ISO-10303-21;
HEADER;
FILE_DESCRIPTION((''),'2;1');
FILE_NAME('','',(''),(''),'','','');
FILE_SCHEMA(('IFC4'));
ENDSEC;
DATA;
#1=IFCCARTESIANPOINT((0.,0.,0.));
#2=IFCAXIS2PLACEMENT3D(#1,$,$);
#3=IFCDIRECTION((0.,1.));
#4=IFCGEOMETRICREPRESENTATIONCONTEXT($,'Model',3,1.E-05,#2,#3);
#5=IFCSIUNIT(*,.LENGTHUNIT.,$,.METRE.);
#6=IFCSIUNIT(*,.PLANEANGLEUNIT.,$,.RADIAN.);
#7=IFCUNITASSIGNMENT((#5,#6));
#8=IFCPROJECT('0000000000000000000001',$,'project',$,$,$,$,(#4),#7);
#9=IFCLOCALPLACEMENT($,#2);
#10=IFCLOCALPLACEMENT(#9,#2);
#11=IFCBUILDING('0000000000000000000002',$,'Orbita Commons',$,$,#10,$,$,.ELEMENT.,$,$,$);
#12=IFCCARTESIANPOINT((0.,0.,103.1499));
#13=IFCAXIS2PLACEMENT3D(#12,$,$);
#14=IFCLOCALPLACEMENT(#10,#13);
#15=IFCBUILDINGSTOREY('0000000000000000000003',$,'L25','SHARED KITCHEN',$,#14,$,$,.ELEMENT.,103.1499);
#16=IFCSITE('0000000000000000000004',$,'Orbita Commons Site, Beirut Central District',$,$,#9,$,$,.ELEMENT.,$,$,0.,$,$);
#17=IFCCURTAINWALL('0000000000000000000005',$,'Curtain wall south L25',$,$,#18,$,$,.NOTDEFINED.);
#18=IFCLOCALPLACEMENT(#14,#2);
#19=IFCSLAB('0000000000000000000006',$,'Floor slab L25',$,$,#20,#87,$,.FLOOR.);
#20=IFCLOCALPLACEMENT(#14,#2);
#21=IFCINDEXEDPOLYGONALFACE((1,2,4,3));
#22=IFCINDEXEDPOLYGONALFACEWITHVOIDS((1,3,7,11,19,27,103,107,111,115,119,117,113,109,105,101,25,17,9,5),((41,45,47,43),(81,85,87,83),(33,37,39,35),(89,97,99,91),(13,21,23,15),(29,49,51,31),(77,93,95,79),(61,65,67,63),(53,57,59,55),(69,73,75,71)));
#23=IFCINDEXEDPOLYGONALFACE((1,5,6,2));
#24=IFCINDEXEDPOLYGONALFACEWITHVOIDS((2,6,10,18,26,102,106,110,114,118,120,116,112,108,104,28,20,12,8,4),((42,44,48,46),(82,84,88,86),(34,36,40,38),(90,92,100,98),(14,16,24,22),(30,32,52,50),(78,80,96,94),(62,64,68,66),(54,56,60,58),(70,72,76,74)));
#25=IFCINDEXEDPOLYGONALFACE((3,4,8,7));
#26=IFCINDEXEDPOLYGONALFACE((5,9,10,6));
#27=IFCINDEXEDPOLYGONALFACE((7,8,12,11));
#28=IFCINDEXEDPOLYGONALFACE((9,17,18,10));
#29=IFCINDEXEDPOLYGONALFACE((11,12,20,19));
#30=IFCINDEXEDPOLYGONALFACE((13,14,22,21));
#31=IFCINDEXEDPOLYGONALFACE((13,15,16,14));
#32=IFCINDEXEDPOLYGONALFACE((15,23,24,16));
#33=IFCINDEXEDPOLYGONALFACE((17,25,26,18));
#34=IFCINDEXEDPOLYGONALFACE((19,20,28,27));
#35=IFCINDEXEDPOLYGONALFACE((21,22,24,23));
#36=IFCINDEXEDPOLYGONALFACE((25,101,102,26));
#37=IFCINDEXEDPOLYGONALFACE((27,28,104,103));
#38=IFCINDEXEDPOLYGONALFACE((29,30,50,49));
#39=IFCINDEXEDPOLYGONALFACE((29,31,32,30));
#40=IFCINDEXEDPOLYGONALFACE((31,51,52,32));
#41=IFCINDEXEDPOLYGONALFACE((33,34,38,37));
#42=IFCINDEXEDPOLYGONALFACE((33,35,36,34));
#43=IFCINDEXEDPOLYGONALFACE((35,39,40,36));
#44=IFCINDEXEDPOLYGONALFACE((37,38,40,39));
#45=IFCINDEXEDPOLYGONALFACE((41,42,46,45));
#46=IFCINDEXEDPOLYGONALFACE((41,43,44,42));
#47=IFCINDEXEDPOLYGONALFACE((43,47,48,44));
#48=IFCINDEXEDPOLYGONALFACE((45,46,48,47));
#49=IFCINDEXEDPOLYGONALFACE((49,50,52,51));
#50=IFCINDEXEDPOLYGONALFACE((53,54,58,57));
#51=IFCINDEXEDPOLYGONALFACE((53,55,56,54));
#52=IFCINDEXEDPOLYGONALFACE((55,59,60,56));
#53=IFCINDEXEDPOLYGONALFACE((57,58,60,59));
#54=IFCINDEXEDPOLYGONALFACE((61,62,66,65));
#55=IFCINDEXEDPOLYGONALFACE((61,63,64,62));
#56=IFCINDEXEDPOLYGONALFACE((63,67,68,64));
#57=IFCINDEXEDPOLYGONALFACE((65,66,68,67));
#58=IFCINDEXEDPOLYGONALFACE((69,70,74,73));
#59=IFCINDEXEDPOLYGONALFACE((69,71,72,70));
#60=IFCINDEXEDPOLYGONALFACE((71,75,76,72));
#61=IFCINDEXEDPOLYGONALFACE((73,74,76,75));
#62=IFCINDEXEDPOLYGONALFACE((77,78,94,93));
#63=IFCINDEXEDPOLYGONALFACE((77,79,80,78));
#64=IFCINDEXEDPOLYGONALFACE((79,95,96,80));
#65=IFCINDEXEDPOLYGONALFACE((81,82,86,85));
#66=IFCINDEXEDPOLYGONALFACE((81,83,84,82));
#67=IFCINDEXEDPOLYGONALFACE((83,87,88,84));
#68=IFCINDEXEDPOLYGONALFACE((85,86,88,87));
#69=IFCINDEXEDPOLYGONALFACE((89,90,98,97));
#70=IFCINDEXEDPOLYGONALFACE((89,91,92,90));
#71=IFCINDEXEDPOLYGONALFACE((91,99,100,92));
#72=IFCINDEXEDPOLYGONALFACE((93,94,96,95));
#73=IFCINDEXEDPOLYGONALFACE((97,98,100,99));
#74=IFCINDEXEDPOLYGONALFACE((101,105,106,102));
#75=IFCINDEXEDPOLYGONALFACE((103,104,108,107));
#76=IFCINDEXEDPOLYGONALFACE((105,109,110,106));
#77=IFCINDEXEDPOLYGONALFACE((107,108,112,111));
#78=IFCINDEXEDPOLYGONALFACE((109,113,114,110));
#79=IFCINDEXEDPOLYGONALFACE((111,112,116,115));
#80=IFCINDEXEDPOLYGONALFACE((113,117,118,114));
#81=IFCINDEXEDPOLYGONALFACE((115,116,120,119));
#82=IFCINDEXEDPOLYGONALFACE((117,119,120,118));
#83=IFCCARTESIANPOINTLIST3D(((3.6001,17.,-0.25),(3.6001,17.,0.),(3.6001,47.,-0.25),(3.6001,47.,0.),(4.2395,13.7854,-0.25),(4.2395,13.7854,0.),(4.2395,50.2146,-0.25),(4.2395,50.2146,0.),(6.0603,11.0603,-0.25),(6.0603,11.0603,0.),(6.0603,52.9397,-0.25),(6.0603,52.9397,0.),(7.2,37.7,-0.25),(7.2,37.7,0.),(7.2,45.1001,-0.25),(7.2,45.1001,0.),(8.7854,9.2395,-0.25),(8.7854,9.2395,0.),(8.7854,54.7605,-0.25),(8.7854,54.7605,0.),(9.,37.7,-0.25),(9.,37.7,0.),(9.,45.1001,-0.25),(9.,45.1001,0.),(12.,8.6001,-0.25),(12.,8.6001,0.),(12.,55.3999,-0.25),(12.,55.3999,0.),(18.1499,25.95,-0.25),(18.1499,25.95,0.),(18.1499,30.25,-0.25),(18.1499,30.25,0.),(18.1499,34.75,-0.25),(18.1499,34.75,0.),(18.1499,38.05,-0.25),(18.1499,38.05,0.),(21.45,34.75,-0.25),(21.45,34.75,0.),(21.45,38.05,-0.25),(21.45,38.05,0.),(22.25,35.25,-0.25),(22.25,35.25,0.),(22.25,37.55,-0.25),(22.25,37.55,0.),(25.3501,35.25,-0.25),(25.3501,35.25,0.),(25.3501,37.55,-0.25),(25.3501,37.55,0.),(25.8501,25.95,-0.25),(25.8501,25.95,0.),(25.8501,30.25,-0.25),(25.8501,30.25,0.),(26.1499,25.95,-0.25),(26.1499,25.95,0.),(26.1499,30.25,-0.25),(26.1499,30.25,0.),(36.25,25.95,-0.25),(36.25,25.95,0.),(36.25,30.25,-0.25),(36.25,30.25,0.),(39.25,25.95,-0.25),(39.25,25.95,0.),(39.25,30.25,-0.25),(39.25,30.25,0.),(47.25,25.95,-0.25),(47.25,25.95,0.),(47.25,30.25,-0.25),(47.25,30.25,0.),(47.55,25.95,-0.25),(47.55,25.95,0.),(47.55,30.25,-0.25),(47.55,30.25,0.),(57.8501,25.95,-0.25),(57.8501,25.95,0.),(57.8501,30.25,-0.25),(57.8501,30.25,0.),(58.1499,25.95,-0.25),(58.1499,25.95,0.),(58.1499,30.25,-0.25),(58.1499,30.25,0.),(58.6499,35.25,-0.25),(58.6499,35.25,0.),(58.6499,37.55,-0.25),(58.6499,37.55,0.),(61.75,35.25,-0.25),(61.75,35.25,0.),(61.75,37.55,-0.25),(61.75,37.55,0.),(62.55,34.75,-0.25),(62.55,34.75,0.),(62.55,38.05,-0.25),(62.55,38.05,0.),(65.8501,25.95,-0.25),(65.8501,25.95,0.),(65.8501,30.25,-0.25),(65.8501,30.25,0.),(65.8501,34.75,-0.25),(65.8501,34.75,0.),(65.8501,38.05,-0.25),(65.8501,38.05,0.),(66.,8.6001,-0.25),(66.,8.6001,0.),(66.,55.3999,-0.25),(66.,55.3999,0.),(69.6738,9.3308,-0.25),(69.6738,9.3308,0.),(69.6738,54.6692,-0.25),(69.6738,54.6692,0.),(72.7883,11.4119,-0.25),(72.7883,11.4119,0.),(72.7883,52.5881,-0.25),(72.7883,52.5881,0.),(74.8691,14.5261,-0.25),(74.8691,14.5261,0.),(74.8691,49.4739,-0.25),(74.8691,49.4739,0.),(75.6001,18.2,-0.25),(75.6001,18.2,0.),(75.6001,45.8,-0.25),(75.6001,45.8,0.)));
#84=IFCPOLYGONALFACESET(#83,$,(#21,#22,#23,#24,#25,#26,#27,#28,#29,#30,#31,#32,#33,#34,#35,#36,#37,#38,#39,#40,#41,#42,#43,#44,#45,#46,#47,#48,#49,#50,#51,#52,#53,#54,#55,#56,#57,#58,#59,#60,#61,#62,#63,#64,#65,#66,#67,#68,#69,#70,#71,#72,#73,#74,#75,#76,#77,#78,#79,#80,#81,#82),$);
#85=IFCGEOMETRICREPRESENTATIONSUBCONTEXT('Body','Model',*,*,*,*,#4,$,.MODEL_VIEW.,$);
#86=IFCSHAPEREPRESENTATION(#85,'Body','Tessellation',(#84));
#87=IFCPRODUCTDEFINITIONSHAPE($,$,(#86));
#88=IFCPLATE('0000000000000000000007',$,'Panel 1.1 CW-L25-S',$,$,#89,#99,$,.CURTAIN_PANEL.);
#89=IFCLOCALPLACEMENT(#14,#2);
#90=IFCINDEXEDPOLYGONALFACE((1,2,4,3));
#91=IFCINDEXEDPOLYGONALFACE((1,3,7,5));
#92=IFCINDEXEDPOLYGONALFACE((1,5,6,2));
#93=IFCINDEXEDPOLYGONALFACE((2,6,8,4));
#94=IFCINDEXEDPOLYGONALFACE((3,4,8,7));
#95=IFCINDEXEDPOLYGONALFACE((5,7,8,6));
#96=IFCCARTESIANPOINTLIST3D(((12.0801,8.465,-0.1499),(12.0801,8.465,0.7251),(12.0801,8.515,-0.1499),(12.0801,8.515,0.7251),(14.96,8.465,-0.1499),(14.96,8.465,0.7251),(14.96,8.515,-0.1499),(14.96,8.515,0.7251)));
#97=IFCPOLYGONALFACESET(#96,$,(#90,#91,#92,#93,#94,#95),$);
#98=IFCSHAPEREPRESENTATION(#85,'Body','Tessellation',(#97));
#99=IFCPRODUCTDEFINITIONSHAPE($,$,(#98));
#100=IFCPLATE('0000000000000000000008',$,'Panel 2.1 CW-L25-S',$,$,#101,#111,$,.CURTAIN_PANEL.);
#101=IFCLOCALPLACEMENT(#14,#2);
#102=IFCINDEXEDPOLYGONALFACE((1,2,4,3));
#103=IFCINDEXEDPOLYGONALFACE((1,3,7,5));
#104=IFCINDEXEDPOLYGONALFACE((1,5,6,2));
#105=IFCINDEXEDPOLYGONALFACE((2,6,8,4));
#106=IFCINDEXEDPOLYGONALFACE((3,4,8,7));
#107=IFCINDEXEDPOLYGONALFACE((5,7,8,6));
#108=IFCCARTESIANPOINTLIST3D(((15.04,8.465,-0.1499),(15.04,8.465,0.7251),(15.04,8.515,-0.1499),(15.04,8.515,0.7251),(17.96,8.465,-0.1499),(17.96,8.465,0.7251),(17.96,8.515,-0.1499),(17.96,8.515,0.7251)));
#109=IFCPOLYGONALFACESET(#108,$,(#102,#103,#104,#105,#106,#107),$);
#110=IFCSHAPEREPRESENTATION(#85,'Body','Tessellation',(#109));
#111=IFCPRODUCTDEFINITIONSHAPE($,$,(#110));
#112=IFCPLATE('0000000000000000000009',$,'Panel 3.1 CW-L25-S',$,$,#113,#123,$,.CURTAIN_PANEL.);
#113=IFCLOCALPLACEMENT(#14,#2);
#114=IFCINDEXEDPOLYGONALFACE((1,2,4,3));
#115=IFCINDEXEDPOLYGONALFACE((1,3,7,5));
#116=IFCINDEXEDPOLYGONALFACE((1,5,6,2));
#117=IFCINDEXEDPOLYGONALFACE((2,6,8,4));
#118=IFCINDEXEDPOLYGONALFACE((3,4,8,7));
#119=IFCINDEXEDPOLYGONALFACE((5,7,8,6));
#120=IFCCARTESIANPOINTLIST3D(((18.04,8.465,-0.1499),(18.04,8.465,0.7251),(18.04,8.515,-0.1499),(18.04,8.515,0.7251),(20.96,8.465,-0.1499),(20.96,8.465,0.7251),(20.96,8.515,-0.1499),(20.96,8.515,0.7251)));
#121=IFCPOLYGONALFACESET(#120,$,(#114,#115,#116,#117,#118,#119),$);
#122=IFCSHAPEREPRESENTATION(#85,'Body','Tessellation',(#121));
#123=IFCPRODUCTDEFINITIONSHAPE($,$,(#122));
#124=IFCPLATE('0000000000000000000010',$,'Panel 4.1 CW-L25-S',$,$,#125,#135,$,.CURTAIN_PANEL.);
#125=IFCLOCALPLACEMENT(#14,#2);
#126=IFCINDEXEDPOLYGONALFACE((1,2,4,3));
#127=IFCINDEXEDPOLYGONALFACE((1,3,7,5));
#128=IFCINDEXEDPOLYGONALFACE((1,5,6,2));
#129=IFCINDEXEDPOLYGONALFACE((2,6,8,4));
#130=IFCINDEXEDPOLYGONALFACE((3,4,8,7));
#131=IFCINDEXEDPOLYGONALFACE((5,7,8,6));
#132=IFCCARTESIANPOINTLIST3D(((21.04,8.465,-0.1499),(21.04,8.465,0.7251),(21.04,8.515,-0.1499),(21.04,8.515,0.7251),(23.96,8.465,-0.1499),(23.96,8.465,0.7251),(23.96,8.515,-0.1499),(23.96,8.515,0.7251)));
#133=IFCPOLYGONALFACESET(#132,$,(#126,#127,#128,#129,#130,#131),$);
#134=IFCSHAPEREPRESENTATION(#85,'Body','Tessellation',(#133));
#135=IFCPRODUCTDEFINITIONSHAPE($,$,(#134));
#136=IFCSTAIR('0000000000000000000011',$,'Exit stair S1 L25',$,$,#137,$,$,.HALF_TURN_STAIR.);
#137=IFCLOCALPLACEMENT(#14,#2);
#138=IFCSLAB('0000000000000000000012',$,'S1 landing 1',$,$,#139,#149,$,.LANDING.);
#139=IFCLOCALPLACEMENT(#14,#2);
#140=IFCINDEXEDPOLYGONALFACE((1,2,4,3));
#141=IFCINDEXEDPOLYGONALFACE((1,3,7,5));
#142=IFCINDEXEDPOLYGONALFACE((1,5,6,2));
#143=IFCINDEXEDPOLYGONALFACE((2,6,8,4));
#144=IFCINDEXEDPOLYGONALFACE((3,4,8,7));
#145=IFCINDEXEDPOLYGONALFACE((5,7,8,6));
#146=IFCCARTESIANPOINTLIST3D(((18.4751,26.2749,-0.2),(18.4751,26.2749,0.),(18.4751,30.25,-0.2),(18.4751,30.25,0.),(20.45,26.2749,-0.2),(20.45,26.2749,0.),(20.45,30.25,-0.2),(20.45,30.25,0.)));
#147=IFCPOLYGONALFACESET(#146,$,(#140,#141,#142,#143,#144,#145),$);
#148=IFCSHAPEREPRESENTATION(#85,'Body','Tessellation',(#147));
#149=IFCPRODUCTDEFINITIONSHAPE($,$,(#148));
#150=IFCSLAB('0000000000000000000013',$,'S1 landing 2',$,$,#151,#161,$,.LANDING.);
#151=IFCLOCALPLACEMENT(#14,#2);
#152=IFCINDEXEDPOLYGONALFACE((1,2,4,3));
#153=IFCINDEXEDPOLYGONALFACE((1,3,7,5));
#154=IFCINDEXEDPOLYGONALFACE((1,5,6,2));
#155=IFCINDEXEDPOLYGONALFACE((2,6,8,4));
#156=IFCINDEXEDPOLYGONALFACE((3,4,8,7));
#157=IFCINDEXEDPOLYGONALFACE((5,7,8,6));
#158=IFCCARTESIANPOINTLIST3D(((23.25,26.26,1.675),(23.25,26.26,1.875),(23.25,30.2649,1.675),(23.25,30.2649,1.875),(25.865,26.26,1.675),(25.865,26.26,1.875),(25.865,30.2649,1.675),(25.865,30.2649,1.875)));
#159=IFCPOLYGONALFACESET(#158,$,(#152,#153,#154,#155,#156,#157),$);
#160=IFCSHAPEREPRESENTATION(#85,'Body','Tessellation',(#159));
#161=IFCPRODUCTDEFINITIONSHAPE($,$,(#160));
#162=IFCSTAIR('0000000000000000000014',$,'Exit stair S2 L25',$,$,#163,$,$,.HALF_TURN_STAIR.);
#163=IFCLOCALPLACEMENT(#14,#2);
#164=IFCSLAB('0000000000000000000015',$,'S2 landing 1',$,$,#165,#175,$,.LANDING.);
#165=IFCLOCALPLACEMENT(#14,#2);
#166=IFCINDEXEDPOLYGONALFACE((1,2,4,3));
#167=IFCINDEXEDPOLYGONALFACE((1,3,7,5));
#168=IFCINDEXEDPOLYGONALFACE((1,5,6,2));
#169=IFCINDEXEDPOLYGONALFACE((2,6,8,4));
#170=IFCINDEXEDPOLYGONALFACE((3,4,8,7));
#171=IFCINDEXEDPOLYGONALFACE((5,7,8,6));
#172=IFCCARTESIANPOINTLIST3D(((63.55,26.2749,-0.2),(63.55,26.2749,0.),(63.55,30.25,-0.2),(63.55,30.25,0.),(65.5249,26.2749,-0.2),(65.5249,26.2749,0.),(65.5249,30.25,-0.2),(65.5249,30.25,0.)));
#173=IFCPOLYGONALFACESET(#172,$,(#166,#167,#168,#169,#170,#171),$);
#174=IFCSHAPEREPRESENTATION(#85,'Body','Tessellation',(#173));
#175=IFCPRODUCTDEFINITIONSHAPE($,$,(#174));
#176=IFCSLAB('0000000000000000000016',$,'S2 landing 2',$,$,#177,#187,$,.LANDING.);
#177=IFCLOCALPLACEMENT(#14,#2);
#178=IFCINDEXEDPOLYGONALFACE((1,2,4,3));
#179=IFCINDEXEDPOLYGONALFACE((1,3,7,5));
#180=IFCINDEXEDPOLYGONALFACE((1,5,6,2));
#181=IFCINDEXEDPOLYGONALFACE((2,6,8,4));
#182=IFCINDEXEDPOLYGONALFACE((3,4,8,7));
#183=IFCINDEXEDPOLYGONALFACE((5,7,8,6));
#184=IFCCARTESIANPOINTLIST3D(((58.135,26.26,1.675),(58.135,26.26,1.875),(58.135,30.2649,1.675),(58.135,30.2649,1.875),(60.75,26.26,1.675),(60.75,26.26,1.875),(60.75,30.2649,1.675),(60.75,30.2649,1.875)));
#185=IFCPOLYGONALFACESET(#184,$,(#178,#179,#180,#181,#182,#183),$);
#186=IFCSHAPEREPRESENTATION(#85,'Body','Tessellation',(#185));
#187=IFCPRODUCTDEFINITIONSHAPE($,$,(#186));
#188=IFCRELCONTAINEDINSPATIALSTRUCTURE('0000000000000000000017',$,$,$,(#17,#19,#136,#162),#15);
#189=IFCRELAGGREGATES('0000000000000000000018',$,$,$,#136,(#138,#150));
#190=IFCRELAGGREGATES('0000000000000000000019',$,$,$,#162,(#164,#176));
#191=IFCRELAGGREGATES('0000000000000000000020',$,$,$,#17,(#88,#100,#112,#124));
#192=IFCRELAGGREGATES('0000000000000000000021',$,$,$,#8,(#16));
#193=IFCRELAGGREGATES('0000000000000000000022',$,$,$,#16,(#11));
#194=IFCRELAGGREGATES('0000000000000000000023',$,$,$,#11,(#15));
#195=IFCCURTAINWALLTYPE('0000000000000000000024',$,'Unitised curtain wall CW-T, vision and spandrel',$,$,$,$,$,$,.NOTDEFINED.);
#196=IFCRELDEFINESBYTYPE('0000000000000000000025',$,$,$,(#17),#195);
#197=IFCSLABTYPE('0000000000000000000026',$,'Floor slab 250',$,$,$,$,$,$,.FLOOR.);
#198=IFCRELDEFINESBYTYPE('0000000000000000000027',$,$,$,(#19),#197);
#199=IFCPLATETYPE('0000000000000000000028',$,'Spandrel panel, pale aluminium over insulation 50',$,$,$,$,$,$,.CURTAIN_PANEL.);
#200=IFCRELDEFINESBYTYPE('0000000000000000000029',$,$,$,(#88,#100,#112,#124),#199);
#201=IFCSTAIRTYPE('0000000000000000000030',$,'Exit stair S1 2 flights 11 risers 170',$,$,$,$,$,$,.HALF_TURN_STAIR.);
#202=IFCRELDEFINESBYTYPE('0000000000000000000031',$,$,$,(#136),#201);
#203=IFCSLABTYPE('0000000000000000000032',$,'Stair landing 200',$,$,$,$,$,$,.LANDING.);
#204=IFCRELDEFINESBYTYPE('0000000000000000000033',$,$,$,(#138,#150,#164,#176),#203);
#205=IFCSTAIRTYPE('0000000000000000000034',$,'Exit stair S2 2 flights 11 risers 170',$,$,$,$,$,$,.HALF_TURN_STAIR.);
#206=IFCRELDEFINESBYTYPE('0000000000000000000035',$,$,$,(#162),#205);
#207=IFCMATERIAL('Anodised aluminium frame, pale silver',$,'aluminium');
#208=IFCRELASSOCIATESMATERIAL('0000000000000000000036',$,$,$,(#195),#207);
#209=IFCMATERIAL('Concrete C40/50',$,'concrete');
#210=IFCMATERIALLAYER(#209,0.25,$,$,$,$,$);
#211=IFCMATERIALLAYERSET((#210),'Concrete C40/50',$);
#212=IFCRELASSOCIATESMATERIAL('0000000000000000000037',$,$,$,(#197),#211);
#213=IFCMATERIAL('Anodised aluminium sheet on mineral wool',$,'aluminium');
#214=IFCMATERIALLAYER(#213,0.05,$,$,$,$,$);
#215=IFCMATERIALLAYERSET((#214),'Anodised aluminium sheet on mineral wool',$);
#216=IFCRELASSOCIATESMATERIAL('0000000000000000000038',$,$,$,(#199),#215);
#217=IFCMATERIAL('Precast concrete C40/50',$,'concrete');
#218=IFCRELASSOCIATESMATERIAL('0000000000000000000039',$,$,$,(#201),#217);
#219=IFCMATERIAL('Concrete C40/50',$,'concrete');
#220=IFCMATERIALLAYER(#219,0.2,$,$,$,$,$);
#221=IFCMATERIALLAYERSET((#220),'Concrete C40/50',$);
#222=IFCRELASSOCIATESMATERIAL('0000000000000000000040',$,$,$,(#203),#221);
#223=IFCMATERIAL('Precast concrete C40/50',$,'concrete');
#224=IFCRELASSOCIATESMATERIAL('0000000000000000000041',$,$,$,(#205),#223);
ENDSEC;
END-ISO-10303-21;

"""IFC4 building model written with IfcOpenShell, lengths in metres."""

from ifc_helpers import new_model, si_unit, direction, frame, origin, origin_2d, place, context, subcontext, project, spatial, polyline, rectangle, outline, extrude, material, layer, layer_set, type_object, element, aggregate, save


model = new_model("IFC4")

# Units and contexts
model_context = context("Model", 3, precision=1e-05, world=origin(), true_north=direction((0.0, 1.0)))
body_context = subcontext(model_context, "Body", "Model", "MODEL_VIEW")
ifc_project = project(units=[si_unit("LENGTHUNIT", "METRE"), si_unit("PLANEANGLEUNIT", "RADIAN")], contexts=[model_context])

# Site, building, storey
site_placement = place(None, origin())
site = spatial("IfcSite", under=ifc_project, at=site_placement, Name="Orbita Commons Site, Beirut Central District", CompositionType="ELEMENT", RefElevation=0.0)
building_placement = place(site_placement, origin())
building = spatial("IfcBuilding", under=site, at=building_placement, Name="Orbita Commons", CompositionType="ELEMENT")
storey_placement = place(building_placement, frame((0.0, 0.0, 103.1499)))
storey = spatial("IfcBuildingStorey", under=building, at=storey_placement, Name="L25", Description="SHARED KITCHEN", CompositionType="ELEMENT", Elevation=103.1499)

# Curtain wall
ifc_material_1 = material(Name="Anodised aluminium frame, pale silver", Category="aluminium")
curtain_wall_type = type_object("IfcCurtainWallType", Name="Unitised curtain wall CW-T, vision and spandrel", PredefinedType="NOTDEFINED", material=ifc_material_1)
curtain_wall_placement = place(storey_placement, origin())
curtain_wall = element("IfcCurtainWall", 1, at=curtain_wall_placement, inside=storey, type_object=curtain_wall_type, Name="Curtain wall south L25", PredefinedType="NOTDEFINED")

# Slab
ifc_material_2 = material(Name="Concrete C40/50", Category="concrete")
ifc_layer_1 = layer(ifc_material_2, 0.25)
ifc_layer_set_1 = layer_set([ifc_layer_1], Name="Concrete C40/50")
slab_type_1 = type_object("IfcSlabType", Name="Floor slab 250", PredefinedType="FLOOR", material=ifc_layer_set_1)
slab_1_placement = place(storey_placement, frame((0.0, 0.0, -0.25)))
element("IfcSlab", 2, at=slab_1_placement, inside=storey, type_object=slab_type_1, Name="Floor slab L25", PredefinedType="FLOOR", context=body_context, shape_type="SweptSolid", body=[
    extrude(outline(polyline([(66.0, 8.6001), (69.6738, 9.3308), (72.7883, 11.4119), (74.8691, 14.5261), (75.6001, 18.2), (75.6001, 45.8), (74.8691, 49.4739), (72.7883, 52.5881), (69.6738, 54.6692), (66.0, 55.3999), (12.0, 55.3999), (8.7854, 54.7605), (6.0603, 52.9397), (4.2395, 50.2146), (3.6001, 47.0), (3.6001, 17.0), (4.2395, 13.7854), (6.0603, 11.0603), (8.7854, 9.2395), (12.0, 8.6001), (66.0, 8.6001)]), holes=[polyline([(18.1499, 25.95), (25.8501, 25.95), (25.8501, 30.25), (18.1499, 30.25), (18.1499, 25.95)]), polyline([(58.1499, 25.95), (65.8501, 25.95), (65.8501, 30.25), (58.1499, 30.25), (58.1499, 25.95)]), polyline([(18.1499, 34.75), (21.45, 34.75), (21.45, 38.05), (18.1499, 38.05), (18.1499, 34.75)]), polyline([(62.55, 34.75), (65.8501, 34.75), (65.8501, 38.05), (62.55, 38.05), (62.55, 34.75)]), polyline([(22.25, 35.25), (25.3501, 35.25), (25.3501, 37.55), (22.25, 37.55), (22.25, 35.25)]), polyline([(58.6499, 35.25), (61.75, 35.25), (61.75, 37.55), (58.6499, 37.55), (58.6499, 35.25)]), polyline([(26.1499, 25.95), (36.25, 25.95), (36.25, 30.25), (26.1499, 30.25), (26.1499, 25.95)]), polyline([(39.25, 25.95), (47.25, 25.95), (47.25, 30.25), (39.25, 30.25), (39.25, 25.95)]), polyline([(47.55, 25.95), (57.8501, 25.95), (57.8501, 30.25), (47.55, 30.25), (47.55, 25.95)]), polyline([(7.2, 37.7), (9.0, 37.7), (9.0, 45.1001), (7.2, 45.1001), (7.2, 37.7)])]), origin(), (0.0, 0.0, 1.0), 0.25),
])

# Plates
ifc_material_3 = material(Name="Anodised aluminium sheet on mineral wool", Category="aluminium")
ifc_layer_2 = layer(ifc_material_3, 0.05)
ifc_layer_set_2 = layer_set([ifc_layer_2], Name="Anodised aluminium sheet on mineral wool")
plate_type_1 = type_object("IfcPlateType", Name="Spandrel panel, pale aluminium over insulation 50", PredefinedType="CURTAIN_PANEL", material=ifc_layer_set_2)
plate_1_placement = place(storey_placement, frame((13.52, 8.49, -0.1499), z_axis=(0.0, 0.0, 1.0), x_axis=(1.0, 0.0, 0.0)))
plate_1 = element("IfcPlate", 3, at=plate_1_placement, type_object=plate_type_1, Name="Panel 1.1 CW-L25-S", PredefinedType="CURTAIN_PANEL", context=body_context, shape_type="SweptSolid", body=[
    extrude(rectangle(XDim=2.8799, YDim=0.05, at=origin_2d()), origin(), (0.0, 0.0, 1.0), 0.875),
])
plate_2_placement = place(storey_placement, frame((16.5, 8.49, -0.1499), z_axis=(0.0, 0.0, 1.0), x_axis=(1.0, 0.0, 0.0)))
plate_2 = element("IfcPlate", 4, at=plate_2_placement, type_object=plate_type_1, Name="Panel 2.1 CW-L25-S", PredefinedType="CURTAIN_PANEL", context=body_context, shape_type="SweptSolid", body=[
    extrude(rectangle(XDim=2.9199, YDim=0.05, at=origin_2d()), origin(), (0.0, 0.0, 1.0), 0.875),
])
plate_3_placement = place(storey_placement, frame((19.5, 8.49, -0.1499), z_axis=(0.0, 0.0, 1.0), x_axis=(1.0, 0.0, 0.0)))
plate_3 = element("IfcPlate", 5, at=plate_3_placement, type_object=plate_type_1, Name="Panel 3.1 CW-L25-S", PredefinedType="CURTAIN_PANEL", context=body_context, shape_type="SweptSolid", body=[
    extrude(rectangle(XDim=2.9199, YDim=0.05, at=origin_2d()), origin(), (0.0, 0.0, 1.0), 0.875),
])
plate_4_placement = place(storey_placement, frame((22.5, 8.49, -0.1499), z_axis=(0.0, 0.0, 1.0), x_axis=(1.0, 0.0, 0.0)))
plate_4 = element("IfcPlate", 6, at=plate_4_placement, type_object=plate_type_1, Name="Panel 4.1 CW-L25-S", PredefinedType="CURTAIN_PANEL", context=body_context, shape_type="SweptSolid", body=[
    extrude(rectangle(XDim=2.9199, YDim=0.05, at=origin_2d()), origin(), (0.0, 0.0, 1.0), 0.875),
])

# Stairs, slabs
ifc_material_4 = material(Name="Precast concrete C40/50", Category="concrete")
stair_type_1 = type_object("IfcStairType", Name="Exit stair S1 2 flights 11 risers 170", PredefinedType="HALF_TURN_STAIR", material=ifc_material_4)
stair_1_placement = place(storey_placement, origin())
stair_1 = element("IfcStair", 7, at=stair_1_placement, inside=storey, type_object=stair_type_1, Name="Exit stair S1 L25", PredefinedType="HALF_TURN_STAIR")
ifc_material_5 = material(Name="Concrete C40/50", Category="concrete")
ifc_layer_3 = layer(ifc_material_5, 0.2)
ifc_layer_set_3 = layer_set([ifc_layer_3], Name="Concrete C40/50")
slab_type_2 = type_object("IfcSlabType", Name="Stair landing 200", PredefinedType="LANDING", material=ifc_layer_set_3)
slab_2_placement = place(storey_placement, frame((0.0, 0.0, -0.2)))
slab_2 = element("IfcSlab", 8, at=slab_2_placement, type_object=slab_type_2, Name="S1 landing 1", PredefinedType="LANDING", context=body_context, shape_type="SweptSolid", body=[
    extrude(outline(polyline([(18.4751, 26.2749), (20.45, 26.2749), (20.45, 30.25), (18.4751, 30.25), (18.4751, 26.2749)])), origin(), (0.0, 0.0, 1.0), 0.2),
])
slab_3_placement = place(storey_placement, frame((0.0, 0.0, 1.675)))
slab_3 = element("IfcSlab", 9, at=slab_3_placement, type_object=slab_type_2, Name="S1 landing 2", PredefinedType="LANDING", context=body_context, shape_type="SweptSolid", body=[
    extrude(outline(polyline([(23.25, 26.26), (25.865, 26.26), (25.865, 30.2649), (23.25, 30.2649), (23.25, 26.26)])), origin(), (0.0, 0.0, 1.0), 0.2),
])
aggregate(stair_1, [slab_2, slab_3])
ifc_material_6 = material(Name="Precast concrete C40/50", Category="concrete")
stair_type_2 = type_object("IfcStairType", Name="Exit stair S2 2 flights 11 risers 170", PredefinedType="HALF_TURN_STAIR", material=ifc_material_6)
stair_2_placement = place(storey_placement, origin())
stair_2 = element("IfcStair", 10, at=stair_2_placement, inside=storey, type_object=stair_type_2, Name="Exit stair S2 L25", PredefinedType="HALF_TURN_STAIR")
slab_4_placement = place(storey_placement, frame((0.0, 0.0, -0.2)))
slab_4 = element("IfcSlab", 11, at=slab_4_placement, type_object=slab_type_2, Name="S2 landing 1", PredefinedType="LANDING", context=body_context, shape_type="SweptSolid", body=[
    extrude(outline(polyline([(63.55, 26.2749), (65.5249, 26.2749), (65.5249, 30.25), (63.55, 30.25), (63.55, 26.2749)])), origin(), (0.0, 0.0, 1.0), 0.2),
])
slab_5_placement = place(storey_placement, frame((0.0, 0.0, 1.675)))
slab_5 = element("IfcSlab", 12, at=slab_5_placement, type_object=slab_type_2, Name="S2 landing 2", PredefinedType="LANDING", context=body_context, shape_type="SweptSolid", body=[
    extrude(outline(polyline([(58.135, 26.26), (60.75, 26.26), (60.75, 30.2649), (58.135, 30.2649), (58.135, 26.26)])), origin(), (0.0, 0.0, 1.0), 0.2),
])
aggregate(stair_2, [slab_4, slab_5])

aggregate(curtain_wall, [plate_1, plate_2, plate_3, plate_4])

save(model, "model.ifc")
